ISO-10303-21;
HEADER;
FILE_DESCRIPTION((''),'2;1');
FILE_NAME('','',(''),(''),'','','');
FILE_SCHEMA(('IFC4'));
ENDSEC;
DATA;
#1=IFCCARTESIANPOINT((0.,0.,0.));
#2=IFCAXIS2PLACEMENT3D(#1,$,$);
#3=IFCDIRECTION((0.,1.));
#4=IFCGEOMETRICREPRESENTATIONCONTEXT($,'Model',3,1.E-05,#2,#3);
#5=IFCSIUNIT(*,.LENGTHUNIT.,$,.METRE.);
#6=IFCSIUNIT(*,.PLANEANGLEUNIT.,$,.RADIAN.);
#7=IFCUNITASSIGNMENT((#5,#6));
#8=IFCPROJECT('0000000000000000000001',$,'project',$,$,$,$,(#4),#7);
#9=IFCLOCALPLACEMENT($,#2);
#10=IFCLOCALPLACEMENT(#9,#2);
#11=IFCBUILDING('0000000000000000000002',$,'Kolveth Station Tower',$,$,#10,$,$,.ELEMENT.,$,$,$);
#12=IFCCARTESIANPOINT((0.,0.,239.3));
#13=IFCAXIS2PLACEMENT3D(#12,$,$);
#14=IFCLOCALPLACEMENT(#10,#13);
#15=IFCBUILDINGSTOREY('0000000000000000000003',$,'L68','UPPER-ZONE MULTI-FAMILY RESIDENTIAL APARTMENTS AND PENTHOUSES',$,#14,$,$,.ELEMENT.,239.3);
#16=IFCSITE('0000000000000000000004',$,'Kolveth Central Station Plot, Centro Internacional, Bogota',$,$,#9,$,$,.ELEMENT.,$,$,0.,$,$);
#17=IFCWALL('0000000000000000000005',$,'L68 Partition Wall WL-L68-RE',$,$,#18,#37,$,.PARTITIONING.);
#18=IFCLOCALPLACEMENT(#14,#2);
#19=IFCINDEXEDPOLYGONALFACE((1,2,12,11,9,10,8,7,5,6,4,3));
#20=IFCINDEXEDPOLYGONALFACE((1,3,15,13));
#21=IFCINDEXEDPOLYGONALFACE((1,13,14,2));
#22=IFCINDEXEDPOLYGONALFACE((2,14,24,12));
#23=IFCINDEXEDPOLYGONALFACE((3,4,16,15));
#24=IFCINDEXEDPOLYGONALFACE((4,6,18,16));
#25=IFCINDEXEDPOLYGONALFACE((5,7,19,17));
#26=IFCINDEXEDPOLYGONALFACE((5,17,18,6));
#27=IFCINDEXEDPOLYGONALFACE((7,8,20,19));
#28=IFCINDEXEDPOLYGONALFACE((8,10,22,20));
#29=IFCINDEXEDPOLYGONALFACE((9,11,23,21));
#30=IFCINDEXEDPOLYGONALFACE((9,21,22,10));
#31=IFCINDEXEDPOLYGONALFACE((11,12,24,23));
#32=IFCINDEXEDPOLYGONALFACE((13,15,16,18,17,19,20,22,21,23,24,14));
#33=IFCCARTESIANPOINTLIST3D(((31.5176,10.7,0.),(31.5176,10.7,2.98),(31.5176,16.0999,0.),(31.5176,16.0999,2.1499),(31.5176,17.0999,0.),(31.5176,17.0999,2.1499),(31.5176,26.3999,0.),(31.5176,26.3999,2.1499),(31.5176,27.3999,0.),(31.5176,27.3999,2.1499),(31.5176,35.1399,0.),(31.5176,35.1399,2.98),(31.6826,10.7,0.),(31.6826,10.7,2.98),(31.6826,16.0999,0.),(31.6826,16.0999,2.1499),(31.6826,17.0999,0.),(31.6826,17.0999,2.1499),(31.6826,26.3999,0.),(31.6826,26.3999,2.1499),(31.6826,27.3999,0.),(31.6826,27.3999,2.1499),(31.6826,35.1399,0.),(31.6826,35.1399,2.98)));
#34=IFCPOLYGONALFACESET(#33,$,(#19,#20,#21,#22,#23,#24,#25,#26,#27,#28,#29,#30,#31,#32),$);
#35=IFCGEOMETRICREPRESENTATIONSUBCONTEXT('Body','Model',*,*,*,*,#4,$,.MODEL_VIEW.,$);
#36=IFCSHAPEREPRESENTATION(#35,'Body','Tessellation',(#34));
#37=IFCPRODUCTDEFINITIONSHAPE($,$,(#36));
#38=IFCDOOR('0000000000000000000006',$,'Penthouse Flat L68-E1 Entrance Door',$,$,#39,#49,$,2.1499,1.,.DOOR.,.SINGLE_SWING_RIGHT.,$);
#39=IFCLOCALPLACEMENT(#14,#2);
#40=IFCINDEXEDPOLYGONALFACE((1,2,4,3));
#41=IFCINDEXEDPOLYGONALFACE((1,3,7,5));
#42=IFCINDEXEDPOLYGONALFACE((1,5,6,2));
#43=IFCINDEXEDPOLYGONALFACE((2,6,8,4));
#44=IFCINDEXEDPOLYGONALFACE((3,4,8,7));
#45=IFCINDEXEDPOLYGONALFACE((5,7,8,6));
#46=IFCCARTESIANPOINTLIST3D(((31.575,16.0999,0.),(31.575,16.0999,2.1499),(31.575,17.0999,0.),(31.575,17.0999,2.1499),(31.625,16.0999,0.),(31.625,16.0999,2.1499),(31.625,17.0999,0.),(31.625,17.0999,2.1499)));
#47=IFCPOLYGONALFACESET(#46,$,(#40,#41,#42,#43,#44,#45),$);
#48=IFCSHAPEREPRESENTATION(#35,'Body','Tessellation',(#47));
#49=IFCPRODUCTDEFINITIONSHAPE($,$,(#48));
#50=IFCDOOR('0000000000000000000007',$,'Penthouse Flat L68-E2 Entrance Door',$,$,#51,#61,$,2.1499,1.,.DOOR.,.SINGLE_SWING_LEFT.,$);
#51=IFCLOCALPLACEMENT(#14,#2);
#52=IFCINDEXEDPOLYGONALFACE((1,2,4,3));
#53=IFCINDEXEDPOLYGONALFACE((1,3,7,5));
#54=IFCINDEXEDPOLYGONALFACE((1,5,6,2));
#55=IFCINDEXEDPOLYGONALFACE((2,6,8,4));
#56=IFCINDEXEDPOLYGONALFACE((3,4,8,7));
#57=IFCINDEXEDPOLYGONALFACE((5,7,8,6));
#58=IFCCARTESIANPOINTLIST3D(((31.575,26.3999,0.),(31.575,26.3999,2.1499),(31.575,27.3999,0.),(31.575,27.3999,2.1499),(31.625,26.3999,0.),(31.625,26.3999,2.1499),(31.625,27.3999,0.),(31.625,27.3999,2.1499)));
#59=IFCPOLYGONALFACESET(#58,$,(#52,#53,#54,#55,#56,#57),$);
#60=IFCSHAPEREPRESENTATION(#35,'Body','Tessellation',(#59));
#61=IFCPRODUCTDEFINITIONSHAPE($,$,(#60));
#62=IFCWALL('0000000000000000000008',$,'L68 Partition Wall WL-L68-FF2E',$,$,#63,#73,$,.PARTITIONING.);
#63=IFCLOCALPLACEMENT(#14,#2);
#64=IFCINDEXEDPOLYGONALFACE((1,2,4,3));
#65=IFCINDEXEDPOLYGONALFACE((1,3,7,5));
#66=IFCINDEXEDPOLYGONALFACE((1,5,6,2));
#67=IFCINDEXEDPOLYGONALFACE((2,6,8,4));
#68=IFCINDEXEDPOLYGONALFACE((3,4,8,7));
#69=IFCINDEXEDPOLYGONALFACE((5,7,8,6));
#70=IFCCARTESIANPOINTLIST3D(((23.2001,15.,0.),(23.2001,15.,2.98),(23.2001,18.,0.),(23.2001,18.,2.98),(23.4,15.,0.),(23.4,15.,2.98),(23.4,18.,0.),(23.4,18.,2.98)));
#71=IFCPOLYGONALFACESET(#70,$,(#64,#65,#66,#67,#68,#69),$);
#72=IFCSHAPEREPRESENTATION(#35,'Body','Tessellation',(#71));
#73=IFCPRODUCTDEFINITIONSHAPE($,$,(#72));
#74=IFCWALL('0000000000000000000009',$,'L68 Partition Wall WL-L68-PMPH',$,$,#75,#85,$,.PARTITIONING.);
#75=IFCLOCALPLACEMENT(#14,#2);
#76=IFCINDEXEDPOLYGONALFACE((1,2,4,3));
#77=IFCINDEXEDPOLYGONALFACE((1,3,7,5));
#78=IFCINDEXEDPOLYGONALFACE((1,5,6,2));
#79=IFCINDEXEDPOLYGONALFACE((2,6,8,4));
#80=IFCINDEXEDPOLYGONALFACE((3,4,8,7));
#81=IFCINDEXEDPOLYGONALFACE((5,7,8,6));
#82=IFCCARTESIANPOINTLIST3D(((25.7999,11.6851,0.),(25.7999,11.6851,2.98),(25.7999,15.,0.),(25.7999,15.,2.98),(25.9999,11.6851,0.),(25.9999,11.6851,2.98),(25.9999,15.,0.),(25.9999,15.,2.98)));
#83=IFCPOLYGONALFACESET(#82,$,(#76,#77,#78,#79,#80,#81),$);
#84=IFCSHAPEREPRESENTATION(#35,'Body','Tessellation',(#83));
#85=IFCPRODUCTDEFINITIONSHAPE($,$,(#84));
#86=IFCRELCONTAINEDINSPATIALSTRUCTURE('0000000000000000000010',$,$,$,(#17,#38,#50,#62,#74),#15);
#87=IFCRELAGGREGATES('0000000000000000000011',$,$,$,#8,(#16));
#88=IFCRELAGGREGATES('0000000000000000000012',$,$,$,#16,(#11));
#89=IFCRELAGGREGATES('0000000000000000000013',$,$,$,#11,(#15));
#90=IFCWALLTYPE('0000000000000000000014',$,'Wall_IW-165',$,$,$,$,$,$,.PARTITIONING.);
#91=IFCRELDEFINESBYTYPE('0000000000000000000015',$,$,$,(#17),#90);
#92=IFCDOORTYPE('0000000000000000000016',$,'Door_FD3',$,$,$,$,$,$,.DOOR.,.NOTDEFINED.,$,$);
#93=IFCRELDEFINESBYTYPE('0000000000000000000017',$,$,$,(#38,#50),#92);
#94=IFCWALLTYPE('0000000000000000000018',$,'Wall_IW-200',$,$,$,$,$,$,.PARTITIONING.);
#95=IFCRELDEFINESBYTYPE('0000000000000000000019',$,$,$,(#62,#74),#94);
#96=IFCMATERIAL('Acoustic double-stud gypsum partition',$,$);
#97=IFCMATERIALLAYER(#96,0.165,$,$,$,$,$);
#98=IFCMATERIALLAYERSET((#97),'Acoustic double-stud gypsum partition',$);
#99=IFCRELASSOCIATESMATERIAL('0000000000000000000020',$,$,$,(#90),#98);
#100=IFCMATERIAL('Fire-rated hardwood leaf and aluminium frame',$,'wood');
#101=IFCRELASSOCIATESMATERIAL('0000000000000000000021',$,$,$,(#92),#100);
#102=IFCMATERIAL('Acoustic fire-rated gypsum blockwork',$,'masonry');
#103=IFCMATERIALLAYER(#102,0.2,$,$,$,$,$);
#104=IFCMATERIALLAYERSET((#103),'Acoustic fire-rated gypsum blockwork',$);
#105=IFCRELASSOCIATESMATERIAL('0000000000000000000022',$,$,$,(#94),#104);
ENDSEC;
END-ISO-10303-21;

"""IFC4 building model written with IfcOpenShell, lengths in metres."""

from ifc_helpers import new_model, si_unit, direction, frame, frame_2d, origin, place, context, subcontext, project, spatial, rectangle, extrude, material, layer, layer_set, type_object, element, fill, save


model = new_model("IFC4")

# Units and contexts
model_context = context("Model", 3, precision=1e-05, world=origin(), true_north=direction((0.0, 1.0)))
body_context = subcontext(model_context, "Body", "Model", "MODEL_VIEW")
ifc_project = project(units=[si_unit("LENGTHUNIT", "METRE"), si_unit("PLANEANGLEUNIT", "RADIAN")], contexts=[model_context])

# Site, building, storey
site_placement = place(None, origin())
site = spatial("IfcSite", under=ifc_project, at=site_placement, Name="Kolveth Central Station Plot, Centro Internacional, Bogota", CompositionType="ELEMENT", RefElevation=0.0)
building_placement = place(site_placement, origin())
building = spatial("IfcBuilding", under=site, at=building_placement, Name="Kolveth Station Tower", CompositionType="ELEMENT")
storey_placement = place(building_placement, frame((0.0, 0.0, 239.3)))
storey = spatial("IfcBuildingStorey", under=building, at=storey_placement, Name="L68", Description="UPPER-ZONE MULTI-FAMILY RESIDENTIAL APARTMENTS AND PENTHOUSES", CompositionType="ELEMENT", Elevation=239.3)

# Shared definitions
ifc_material_1 = material(Name="Acoustic double-stud gypsum partition")
ifc_layer_1 = layer(ifc_material_1, 0.165)
ifc_layer_set_1 = layer_set([ifc_layer_1], Name="Acoustic double-stud gypsum partition")
wall_type_1 = type_object("IfcWallType", Name="Wall_IW-165", PredefinedType="PARTITIONING", material=ifc_layer_set_1)

# Wall, openings, doors
wall_1_placement = place(storey_placement, frame((31.6001, 10.7, 0.0), z_axis=(0.0, 0.0, 1.0), x_axis=(0.0, 1.0, 0.0)))
wall_1 = element("IfcWall", 1, at=wall_1_placement, inside=storey, type_object=wall_type_1, Name="L68 Partition Wall WL-L68-RE", PredefinedType="PARTITIONING", context=body_context, shape_type="SweptSolid", body=[
    extrude(rectangle(XDim=24.4399, YDim=0.165, at=frame_2d((12.22, 0.0))), origin(), (0.0, 0.0, 1.0), 2.98),
])
opening_1_placement = place(wall_1_placement, frame((5.3999, 0.0, 0.0)))
opening_1 = element("IfcOpeningElement", 2, at=opening_1_placement, cuts=wall_1, PredefinedType="OPENING", context=body_context, shape_type="SweptSolid", body=[
    extrude(rectangle(XDim=1.0, YDim=2.1499, at=frame_2d((0.5, 1.075))), frame((0.0, 0.0925, 0.0), z_axis=(0.0, -1.0, 0.0), x_axis=(1.0, 0.0, 0.0)), (0.0, 0.0, 1.0), 0.1851),
])
opening_2_placement = place(wall_1_placement, frame((15.7, 0.0, 0.0)))
opening_2 = element("IfcOpeningElement", 3, at=opening_2_placement, cuts=wall_1, PredefinedType="OPENING", context=body_context, shape_type="SweptSolid", body=[
    extrude(rectangle(XDim=1.0, YDim=2.1499, at=frame_2d((0.5, 1.075))), frame((0.0, 0.0925, 0.0), z_axis=(0.0, -1.0, 0.0), x_axis=(1.0, 0.0, 0.0)), (0.0, 0.0, 1.0), 0.1851),
])
ifc_material_2 = material(Name="Fire-rated hardwood leaf and aluminium frame", Category="wood")
door_type_1 = type_object("IfcDoorType", Name="Door_FD3", OperationType="NOTDEFINED", PredefinedType="DOOR", material=ifc_material_2)
door_1_placement = place(opening_1_placement, frame((1.0, 0.0, 0.0), z_axis=(0.0, 0.0, 1.0), x_axis=(-1.0, 0.0, 0.0)))
door_1 = element("IfcDoor", 4, at=door_1_placement, inside=storey, type_object=door_type_1, Name="Penthouse Flat L68-E1 Entrance Door", OperationType="SINGLE_SWING_RIGHT", OverallHeight=2.1499, OverallWidth=1.0, PredefinedType="DOOR", context=body_context, shape_type="SweptSolid", body=[
    extrude(rectangle(XDim=1.0, YDim=2.1499, at=frame_2d((0.5, 1.075))), frame((0.0, 0.0249, 0.0), z_axis=(0.0, -1.0, 0.0), x_axis=(1.0, 0.0, 0.0)), (0.0, 0.0, 1.0), 0.05),
])
fill(opening_1, door_1)
door_2_placement = place(opening_2_placement, frame((1.0, 0.0, 0.0), z_axis=(0.0, 0.0, 1.0), x_axis=(-1.0, 0.0, 0.0)))
door_2 = element("IfcDoor", 5, at=door_2_placement, inside=storey, type_object=door_type_1, Name="Penthouse Flat L68-E2 Entrance Door", OperationType="SINGLE_SWING_LEFT", OverallHeight=2.1499, OverallWidth=1.0, PredefinedType="DOOR", context=body_context, shape_type="SweptSolid", body=[
    extrude(rectangle(XDim=1.0, YDim=2.1499, at=frame_2d((0.5, 1.075))), frame((0.0, 0.0249, 0.0), z_axis=(0.0, -1.0, 0.0), x_axis=(1.0, 0.0, 0.0)), (0.0, 0.0, 1.0), 0.05),
])
fill(opening_2, door_2)

# Walls
ifc_material_3 = material(Name="Acoustic fire-rated gypsum blockwork", Category="masonry")
ifc_layer_2 = layer(ifc_material_3, 0.2)
ifc_layer_set_2 = layer_set([ifc_layer_2], Name="Acoustic fire-rated gypsum blockwork")
wall_type_2 = type_object("IfcWallType", Name="Wall_IW-200", PredefinedType="PARTITIONING", material=ifc_layer_set_2)
wall_2_placement = place(storey_placement, frame((23.3, 15.0, 0.0), z_axis=(0.0, 0.0, 1.0), x_axis=(0.0, 1.0, 0.0)))
element("IfcWall", 6, at=wall_2_placement, inside=storey, type_object=wall_type_2, Name="L68 Partition Wall WL-L68-FF2E", PredefinedType="PARTITIONING", context=body_context, shape_type="SweptSolid", body=[
    extrude(rectangle(XDim=3.0, YDim=0.2, at=frame_2d((1.5, 0.0))), origin(), (0.0, 0.0, 1.0), 2.98),
])
wall_3_placement = place(storey_placement, frame((25.8999, 11.6851, 0.0), z_axis=(0.0, 0.0, 1.0), x_axis=(0.0, 1.0, 0.0)))
element("IfcWall", 7, at=wall_3_placement, inside=storey, type_object=wall_type_2, Name="L68 Partition Wall WL-L68-PMPH", PredefinedType="PARTITIONING", context=body_context, shape_type="SweptSolid", body=[
    extrude(rectangle(XDim=3.3149, YDim=0.2, at=frame_2d((1.6575, 0.0))), origin(), (0.0, 0.0, 1.0), 2.98),
])

save(model, "model.ifc")
